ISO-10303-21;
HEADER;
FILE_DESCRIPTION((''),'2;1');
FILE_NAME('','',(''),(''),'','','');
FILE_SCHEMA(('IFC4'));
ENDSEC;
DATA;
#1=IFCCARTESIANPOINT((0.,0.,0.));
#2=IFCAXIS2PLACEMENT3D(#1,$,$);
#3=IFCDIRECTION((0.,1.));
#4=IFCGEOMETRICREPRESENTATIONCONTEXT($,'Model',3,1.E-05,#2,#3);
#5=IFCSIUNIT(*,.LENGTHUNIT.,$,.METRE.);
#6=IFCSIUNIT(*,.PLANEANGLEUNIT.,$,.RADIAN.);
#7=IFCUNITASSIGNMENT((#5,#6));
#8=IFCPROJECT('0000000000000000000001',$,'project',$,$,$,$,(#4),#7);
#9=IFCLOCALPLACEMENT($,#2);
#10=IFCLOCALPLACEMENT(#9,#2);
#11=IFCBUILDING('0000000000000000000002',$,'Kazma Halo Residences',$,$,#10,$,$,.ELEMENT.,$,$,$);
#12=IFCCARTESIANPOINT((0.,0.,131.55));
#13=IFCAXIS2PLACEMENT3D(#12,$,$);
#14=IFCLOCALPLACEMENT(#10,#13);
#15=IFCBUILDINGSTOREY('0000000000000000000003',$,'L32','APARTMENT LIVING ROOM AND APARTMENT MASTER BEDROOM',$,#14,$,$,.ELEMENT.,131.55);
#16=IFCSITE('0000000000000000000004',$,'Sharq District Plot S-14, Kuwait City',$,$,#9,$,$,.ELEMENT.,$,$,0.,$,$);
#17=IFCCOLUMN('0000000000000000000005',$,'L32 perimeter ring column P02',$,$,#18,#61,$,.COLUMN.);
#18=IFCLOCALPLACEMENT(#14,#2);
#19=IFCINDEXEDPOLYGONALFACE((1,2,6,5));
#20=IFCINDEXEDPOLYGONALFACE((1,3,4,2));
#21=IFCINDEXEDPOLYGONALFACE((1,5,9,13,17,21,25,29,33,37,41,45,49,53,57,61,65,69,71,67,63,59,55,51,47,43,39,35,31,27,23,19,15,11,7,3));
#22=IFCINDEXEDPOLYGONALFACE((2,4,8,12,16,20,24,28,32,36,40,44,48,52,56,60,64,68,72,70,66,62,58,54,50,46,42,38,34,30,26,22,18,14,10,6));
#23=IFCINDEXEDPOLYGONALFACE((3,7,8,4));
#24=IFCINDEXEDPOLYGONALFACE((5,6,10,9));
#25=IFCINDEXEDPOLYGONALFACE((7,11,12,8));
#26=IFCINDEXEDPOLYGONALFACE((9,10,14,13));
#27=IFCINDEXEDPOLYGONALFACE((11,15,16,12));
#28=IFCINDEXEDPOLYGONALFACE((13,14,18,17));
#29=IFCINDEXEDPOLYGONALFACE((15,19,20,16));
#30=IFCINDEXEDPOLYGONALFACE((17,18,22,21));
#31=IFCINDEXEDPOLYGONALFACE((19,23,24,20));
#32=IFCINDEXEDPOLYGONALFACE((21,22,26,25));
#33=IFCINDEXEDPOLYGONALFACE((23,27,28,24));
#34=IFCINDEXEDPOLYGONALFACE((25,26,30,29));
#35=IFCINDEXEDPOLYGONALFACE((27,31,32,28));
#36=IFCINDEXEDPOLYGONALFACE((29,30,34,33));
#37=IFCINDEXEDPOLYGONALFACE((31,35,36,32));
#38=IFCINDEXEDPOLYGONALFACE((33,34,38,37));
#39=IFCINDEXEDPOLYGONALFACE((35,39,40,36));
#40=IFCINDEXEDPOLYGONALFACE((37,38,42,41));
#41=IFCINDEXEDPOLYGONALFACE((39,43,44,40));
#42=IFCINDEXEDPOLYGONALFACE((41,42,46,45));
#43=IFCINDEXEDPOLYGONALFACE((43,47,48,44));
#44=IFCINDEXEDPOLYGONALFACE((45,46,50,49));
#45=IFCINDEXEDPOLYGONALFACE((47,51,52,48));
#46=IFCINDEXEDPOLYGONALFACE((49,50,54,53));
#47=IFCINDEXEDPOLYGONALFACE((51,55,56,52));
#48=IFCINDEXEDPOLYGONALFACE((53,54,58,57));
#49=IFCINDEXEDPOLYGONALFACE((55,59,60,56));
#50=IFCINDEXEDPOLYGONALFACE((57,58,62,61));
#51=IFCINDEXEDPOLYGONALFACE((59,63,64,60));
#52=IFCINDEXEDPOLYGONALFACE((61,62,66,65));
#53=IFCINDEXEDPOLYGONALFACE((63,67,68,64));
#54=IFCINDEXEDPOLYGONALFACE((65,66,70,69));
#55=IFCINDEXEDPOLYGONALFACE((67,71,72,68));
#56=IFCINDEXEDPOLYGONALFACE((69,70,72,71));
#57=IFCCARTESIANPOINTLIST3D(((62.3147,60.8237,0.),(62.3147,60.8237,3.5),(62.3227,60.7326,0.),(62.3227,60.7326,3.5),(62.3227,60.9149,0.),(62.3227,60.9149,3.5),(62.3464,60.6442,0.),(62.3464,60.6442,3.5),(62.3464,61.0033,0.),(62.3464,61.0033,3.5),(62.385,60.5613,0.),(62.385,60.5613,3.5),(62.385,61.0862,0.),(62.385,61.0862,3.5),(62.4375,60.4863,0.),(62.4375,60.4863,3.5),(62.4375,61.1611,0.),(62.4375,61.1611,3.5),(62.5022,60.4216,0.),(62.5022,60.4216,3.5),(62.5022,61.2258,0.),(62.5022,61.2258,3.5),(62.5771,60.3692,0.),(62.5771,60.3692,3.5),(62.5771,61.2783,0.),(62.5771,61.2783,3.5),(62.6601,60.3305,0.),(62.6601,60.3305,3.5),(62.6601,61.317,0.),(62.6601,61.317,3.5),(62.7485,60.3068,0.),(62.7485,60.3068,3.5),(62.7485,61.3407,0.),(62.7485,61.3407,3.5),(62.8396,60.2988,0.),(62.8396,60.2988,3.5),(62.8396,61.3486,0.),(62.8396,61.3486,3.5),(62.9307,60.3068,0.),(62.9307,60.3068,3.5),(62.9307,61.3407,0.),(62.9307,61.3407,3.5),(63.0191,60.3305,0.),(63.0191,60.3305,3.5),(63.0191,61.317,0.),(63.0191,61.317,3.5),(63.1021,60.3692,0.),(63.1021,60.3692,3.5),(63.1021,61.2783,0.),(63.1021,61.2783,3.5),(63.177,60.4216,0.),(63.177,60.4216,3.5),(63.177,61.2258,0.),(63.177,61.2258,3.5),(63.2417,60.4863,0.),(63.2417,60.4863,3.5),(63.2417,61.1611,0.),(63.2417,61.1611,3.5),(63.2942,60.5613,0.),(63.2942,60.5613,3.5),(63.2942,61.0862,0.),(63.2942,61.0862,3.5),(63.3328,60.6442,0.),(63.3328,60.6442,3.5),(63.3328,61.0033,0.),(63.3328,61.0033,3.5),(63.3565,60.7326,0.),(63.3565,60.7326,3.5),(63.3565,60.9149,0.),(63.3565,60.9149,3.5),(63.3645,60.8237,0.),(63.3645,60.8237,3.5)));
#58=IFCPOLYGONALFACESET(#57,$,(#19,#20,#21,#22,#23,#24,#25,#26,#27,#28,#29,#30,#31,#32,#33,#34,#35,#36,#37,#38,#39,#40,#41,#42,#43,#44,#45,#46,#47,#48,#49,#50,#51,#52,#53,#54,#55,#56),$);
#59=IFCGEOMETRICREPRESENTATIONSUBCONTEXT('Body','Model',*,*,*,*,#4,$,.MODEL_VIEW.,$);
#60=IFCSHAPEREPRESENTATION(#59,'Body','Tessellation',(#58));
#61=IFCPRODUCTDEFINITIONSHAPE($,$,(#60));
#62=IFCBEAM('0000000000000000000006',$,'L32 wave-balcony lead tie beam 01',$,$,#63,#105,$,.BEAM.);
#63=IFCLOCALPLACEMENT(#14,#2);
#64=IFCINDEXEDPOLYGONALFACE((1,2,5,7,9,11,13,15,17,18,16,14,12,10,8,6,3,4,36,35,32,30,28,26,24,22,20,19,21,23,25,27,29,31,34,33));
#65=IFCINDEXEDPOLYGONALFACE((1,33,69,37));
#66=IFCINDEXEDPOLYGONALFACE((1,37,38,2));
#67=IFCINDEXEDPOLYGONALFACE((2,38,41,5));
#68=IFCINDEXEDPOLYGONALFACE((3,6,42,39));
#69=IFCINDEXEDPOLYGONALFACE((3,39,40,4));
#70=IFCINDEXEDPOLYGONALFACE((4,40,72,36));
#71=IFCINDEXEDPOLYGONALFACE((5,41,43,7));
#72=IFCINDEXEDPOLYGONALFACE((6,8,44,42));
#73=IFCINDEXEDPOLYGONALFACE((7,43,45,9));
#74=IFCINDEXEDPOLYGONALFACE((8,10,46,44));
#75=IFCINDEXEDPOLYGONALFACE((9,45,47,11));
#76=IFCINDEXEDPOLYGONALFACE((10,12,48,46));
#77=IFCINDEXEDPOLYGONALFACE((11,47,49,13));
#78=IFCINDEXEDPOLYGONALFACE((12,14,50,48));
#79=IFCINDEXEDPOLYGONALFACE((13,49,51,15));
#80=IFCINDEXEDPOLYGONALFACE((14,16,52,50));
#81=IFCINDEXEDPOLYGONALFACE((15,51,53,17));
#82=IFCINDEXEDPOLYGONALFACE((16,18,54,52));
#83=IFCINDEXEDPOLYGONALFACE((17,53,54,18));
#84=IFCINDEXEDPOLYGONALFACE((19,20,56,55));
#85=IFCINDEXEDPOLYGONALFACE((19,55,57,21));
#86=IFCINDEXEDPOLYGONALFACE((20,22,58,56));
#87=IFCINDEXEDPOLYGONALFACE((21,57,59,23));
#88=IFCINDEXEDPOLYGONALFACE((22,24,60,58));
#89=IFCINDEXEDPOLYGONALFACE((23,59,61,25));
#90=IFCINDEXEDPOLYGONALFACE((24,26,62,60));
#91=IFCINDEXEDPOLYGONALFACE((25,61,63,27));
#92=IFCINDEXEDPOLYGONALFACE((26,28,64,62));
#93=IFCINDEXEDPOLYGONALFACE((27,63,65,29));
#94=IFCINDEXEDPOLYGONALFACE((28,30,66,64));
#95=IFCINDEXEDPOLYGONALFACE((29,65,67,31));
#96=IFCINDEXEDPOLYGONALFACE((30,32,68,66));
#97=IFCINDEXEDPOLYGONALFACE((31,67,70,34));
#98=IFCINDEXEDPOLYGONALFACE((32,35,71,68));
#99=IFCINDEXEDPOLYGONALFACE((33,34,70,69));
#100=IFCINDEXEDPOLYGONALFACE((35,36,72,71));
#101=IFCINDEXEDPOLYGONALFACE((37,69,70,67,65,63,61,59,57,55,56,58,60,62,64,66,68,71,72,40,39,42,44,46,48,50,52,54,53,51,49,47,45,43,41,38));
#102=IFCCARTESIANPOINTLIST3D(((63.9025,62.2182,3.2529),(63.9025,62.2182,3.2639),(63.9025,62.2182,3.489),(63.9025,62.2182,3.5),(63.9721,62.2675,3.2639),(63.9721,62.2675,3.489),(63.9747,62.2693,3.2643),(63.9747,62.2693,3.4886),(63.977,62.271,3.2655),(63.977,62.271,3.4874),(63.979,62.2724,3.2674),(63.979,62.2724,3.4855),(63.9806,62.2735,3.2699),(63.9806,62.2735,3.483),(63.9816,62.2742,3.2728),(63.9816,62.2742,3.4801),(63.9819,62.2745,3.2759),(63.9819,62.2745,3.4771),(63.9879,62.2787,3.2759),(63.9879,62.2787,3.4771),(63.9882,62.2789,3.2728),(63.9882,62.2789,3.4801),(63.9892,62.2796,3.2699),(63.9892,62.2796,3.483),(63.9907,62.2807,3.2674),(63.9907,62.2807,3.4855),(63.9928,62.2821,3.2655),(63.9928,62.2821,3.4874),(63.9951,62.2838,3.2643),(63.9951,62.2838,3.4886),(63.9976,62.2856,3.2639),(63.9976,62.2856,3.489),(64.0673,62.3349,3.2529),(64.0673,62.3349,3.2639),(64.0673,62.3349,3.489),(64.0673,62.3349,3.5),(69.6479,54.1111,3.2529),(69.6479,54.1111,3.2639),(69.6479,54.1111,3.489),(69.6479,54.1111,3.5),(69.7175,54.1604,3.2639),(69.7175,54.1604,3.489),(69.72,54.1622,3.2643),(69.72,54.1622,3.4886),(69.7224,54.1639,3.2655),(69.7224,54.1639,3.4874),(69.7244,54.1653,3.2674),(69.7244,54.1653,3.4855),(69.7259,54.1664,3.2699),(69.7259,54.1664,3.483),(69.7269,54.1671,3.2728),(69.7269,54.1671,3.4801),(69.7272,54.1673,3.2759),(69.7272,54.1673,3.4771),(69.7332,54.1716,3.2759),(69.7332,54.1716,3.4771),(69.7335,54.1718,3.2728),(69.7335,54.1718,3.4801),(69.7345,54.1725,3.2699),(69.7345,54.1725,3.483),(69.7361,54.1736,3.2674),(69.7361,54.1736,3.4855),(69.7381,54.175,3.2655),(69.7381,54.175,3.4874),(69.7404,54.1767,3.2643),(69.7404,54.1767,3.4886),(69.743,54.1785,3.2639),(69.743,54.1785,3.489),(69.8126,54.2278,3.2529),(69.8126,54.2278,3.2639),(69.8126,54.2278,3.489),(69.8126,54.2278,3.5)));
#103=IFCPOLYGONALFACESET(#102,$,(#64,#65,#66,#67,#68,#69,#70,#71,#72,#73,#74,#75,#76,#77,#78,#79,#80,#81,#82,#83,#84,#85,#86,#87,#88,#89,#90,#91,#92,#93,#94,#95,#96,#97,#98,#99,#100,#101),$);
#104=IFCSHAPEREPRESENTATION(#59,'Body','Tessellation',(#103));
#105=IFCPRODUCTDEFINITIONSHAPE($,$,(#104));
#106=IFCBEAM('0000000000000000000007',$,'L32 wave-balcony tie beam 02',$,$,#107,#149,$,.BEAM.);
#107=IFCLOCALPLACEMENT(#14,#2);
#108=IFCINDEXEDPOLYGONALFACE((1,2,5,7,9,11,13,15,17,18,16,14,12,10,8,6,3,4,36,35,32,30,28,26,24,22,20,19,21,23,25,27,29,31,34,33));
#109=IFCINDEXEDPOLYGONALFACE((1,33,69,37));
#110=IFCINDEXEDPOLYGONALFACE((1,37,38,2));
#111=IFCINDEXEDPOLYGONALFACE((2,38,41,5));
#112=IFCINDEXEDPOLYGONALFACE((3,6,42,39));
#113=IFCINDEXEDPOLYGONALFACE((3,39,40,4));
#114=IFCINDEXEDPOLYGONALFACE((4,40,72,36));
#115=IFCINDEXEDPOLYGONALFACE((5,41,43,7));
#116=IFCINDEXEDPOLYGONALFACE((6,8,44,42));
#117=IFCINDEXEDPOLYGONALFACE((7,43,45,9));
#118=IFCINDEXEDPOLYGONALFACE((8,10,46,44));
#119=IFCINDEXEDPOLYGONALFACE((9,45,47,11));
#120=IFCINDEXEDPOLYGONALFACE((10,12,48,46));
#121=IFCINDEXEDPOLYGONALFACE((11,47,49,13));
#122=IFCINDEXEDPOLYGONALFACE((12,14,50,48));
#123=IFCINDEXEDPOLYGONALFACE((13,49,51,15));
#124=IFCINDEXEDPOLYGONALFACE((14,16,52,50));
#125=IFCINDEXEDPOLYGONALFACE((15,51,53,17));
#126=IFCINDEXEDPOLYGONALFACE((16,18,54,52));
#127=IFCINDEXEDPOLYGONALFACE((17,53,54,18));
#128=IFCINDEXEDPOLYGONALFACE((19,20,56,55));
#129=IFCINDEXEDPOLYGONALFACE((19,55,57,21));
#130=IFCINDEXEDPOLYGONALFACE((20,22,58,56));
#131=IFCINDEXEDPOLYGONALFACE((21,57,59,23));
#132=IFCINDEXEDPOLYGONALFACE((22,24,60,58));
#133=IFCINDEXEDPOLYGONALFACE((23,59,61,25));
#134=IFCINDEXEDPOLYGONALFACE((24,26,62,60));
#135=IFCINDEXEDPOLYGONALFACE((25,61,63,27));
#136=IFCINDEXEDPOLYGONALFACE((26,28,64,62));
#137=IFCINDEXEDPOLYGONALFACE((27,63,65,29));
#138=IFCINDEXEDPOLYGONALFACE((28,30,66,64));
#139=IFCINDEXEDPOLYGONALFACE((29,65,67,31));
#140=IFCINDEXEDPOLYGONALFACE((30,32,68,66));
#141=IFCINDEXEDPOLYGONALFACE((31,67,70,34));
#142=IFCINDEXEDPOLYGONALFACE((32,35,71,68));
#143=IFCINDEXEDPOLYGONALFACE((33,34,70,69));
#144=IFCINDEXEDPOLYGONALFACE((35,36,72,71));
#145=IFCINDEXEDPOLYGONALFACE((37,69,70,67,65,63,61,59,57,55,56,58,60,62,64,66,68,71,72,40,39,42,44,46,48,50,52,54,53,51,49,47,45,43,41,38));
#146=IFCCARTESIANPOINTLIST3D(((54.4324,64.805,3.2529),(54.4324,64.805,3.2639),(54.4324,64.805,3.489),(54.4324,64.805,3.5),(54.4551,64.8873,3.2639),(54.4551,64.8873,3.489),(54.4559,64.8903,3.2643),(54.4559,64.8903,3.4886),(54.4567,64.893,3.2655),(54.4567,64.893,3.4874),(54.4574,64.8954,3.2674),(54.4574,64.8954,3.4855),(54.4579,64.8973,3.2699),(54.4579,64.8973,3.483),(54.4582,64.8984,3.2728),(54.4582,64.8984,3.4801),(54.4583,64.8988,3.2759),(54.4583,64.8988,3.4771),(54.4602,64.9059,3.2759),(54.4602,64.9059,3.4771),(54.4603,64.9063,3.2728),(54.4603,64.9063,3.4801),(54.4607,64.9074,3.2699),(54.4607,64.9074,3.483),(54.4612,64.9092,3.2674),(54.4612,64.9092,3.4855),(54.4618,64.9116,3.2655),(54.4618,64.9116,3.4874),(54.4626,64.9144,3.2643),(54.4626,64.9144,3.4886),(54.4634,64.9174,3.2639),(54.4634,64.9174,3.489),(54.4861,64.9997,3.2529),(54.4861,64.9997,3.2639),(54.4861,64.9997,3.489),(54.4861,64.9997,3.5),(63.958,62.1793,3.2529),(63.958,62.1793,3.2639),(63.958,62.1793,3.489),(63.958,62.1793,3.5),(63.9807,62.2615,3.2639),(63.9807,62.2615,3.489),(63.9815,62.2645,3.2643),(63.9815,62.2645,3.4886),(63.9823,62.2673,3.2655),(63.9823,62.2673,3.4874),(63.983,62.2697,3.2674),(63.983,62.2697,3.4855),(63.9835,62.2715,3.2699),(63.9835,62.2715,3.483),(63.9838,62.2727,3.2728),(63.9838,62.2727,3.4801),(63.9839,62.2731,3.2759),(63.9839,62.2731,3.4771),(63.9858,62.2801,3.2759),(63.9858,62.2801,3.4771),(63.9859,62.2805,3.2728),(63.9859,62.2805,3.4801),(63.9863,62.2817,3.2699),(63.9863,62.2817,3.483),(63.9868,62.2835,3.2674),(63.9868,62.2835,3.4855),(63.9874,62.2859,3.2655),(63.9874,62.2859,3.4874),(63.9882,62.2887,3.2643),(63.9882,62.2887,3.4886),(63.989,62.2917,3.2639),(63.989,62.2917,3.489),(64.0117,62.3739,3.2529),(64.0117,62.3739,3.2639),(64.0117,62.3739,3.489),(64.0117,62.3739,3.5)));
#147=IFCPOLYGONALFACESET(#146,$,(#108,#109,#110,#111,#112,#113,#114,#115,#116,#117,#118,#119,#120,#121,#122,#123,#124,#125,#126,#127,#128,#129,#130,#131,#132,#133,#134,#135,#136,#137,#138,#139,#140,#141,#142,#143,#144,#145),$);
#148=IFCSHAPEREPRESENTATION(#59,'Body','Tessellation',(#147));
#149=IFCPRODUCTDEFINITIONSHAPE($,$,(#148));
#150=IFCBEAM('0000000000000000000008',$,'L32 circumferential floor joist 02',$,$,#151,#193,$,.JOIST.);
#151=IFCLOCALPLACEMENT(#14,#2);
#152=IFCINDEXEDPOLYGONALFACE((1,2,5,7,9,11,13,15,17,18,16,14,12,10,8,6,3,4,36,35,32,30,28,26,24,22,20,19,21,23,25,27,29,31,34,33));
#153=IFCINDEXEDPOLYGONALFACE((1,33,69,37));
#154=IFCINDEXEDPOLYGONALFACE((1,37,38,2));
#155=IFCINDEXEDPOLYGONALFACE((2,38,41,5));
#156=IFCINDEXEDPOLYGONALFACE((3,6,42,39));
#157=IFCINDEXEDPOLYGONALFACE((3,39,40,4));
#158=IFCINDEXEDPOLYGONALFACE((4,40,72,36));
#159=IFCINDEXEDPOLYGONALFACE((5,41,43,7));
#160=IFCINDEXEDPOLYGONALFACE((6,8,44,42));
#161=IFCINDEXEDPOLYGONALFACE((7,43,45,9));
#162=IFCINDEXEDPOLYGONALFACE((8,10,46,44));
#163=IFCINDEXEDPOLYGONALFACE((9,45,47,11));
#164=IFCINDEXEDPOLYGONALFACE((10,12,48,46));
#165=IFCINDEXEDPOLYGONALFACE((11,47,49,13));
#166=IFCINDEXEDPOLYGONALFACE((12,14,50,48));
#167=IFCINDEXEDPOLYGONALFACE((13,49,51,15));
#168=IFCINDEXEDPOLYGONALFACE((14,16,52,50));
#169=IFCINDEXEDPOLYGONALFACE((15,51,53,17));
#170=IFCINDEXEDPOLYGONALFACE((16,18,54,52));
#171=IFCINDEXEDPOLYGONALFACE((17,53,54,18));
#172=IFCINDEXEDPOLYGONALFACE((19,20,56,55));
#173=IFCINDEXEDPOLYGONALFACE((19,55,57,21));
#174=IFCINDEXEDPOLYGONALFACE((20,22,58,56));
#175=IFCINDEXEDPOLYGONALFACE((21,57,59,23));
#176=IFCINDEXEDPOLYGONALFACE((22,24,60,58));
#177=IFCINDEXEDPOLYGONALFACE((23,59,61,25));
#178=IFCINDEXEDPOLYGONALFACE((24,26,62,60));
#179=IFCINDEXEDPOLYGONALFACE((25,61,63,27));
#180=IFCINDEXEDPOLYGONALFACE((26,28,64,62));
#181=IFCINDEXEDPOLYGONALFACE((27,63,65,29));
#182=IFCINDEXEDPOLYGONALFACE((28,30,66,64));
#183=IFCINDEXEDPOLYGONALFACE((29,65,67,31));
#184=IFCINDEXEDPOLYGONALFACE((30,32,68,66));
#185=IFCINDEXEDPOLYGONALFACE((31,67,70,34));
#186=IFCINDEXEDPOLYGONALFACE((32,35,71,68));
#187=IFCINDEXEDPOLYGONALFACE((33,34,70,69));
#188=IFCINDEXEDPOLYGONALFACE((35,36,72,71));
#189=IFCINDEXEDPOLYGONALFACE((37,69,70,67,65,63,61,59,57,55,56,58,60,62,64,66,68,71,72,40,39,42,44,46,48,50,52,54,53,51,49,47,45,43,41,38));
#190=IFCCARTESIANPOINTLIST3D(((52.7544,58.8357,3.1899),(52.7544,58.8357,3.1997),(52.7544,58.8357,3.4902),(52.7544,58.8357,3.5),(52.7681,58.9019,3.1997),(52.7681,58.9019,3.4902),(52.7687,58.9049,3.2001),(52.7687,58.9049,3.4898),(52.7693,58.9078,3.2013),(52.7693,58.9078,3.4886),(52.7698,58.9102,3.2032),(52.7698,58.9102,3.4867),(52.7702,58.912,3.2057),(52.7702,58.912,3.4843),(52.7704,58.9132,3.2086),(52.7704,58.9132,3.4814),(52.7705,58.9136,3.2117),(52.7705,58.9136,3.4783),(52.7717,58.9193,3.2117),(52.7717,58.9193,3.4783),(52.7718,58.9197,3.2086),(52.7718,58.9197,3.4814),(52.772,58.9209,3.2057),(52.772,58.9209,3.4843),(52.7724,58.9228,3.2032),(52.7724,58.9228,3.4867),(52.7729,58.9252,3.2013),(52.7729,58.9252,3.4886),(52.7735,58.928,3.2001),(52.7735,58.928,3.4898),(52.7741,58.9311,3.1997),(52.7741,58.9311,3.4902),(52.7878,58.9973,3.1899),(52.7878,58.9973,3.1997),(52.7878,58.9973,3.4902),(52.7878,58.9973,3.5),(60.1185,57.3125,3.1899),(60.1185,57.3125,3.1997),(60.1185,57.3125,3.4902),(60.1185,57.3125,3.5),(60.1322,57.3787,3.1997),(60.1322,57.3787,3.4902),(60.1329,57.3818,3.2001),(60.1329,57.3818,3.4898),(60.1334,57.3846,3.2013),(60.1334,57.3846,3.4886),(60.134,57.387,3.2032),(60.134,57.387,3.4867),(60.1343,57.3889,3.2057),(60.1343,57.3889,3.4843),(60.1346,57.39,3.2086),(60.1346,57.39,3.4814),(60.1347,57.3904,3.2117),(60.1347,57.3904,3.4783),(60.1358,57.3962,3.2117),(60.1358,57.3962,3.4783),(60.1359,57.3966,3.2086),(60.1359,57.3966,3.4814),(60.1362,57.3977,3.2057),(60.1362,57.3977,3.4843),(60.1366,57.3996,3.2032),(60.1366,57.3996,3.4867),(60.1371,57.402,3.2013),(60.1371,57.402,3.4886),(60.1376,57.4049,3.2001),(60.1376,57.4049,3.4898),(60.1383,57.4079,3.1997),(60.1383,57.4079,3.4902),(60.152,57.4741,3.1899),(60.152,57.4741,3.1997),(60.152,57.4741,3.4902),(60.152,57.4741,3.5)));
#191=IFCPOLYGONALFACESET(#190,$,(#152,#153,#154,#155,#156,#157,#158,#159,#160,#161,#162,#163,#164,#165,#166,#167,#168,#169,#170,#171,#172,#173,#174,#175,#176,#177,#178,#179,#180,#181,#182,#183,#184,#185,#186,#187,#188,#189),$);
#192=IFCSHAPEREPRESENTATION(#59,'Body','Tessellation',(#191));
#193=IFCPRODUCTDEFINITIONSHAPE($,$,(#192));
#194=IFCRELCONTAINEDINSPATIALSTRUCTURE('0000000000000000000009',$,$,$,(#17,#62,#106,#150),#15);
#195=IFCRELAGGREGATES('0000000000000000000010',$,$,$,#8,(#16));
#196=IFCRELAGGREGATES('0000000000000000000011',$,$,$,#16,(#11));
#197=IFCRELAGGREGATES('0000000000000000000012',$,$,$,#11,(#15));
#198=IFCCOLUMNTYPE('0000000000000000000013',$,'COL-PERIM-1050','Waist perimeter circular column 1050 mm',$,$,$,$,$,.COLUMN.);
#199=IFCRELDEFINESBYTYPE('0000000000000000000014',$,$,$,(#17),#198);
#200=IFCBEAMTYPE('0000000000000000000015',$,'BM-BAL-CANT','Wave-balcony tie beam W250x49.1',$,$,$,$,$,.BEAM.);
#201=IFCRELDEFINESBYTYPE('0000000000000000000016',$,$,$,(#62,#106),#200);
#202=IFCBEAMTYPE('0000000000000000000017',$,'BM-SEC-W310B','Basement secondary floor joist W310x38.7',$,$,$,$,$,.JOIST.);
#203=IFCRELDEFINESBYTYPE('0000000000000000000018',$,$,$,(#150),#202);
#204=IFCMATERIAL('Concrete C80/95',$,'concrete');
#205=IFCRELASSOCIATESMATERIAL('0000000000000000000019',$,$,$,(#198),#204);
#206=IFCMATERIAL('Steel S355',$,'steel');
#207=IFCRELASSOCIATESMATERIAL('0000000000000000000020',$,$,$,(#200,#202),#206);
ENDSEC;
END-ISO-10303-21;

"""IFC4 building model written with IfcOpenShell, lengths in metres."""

from ifc_helpers import new_model, si_unit, direction, frame, origin, origin_2d, place, context, subcontext, project, spatial, circle, i_section, extrude, material, material_profile, profile_set, type_object, element, save


model = new_model("IFC4")

# Units and contexts
model_context = context("Model", 3, precision=1e-05, world=origin(), true_north=direction((0.0, 1.0)))
body_context = subcontext(model_context, "Body", "Model", "MODEL_VIEW")
ifc_project = project(units=[si_unit("LENGTHUNIT", "METRE"), si_unit("PLANEANGLEUNIT", "RADIAN")], contexts=[model_context])

# Site, building, storey
site_placement = place(None, origin())
site = spatial("IfcSite", under=ifc_project, at=site_placement, Name="Sharq District Plot S-14, Kuwait City", CompositionType="ELEMENT", RefElevation=0.0)
building_placement = place(site_placement, origin())
building = spatial("IfcBuilding", under=site, at=building_placement, Name="Kazma Halo Residences", CompositionType="ELEMENT")
storey_placement = place(building_placement, frame((0.0, 0.0, 131.55)))
storey = spatial("IfcBuildingStorey", under=building, at=storey_placement, Name="L32", Description="APARTMENT LIVING ROOM AND APARTMENT MASTER BEDROOM", CompositionType="ELEMENT", Elevation=131.55)

# Column
ifc_material_1 = material(Name="Concrete C80/95", Category="concrete")
ifc_material_profile_1 = material_profile(ifc_material_1, circle(Radius=0.5249, at=origin_2d()), Name="CIRC1050")
ifc_profile_set_1 = profile_set([ifc_material_profile_1], Name="Concrete C80/95")
column_type = type_object("IfcColumnType", Name="COL-PERIM-1050", Description="Waist perimeter circular column 1050 mm", PredefinedType="COLUMN", material=ifc_profile_set_1)
column_placement = place(storey_placement, frame((62.8396, 60.8237, 0.0), z_axis=(0.0, 0.0, 1.0), x_axis=(1.0, 0.0, 0.0)))
element("IfcColumn", 1, at=column_placement, inside=storey, type_object=column_type, Name="L32 perimeter ring column P02", PredefinedType="COLUMN", context=body_context, shape_type="SweptSolid", body=[
    extrude(circle(Radius=0.5249, at=origin_2d()), origin(), (0.0, 0.0, 1.0), 3.5),
])

# Beams
ifc_material_2 = material(Name="Steel S355", Category="steel")
ifc_material_profile_2 = material_profile(ifc_material_2, i_section(OverallWidth=0.2019, OverallDepth=0.2471, WebThickness=0.0073, FlangeThickness=0.011, FilletRadius=0.012, at=origin_2d()), Name="W250x49.1")
ifc_profile_set_2 = profile_set([ifc_material_profile_2], Name="Steel S355")
beam_type_1 = type_object("IfcBeamType", Name="BM-BAL-CANT", Description="Wave-balcony tie beam W250x49.1", PredefinedType="BEAM", material=ifc_profile_set_2)
beam_1_placement = place(storey_placement, frame((69.7302, 54.1694, 3.3765), z_axis=(-0.578203, 0.815893, 0.0), x_axis=(-0.815893, -0.578203, 0.0)))
element("IfcBeam", 2, at=beam_1_placement, inside=storey, type_object=beam_type_1, Name="L32 wave-balcony lead tie beam 01", PredefinedType="BEAM", context=body_context, shape_type="SweptSolid", body=[
    extrude(i_section(OverallWidth=0.2019, OverallDepth=0.2471, WebThickness=0.0073, FlangeThickness=0.011, FilletRadius=0.012, at=origin_2d()), origin(), (0.0, 0.0, 1.0), 9.9365),
])
beam_2_placement = place(storey_placement, frame((63.9849, 62.2766, 3.3765), z_axis=(-0.964045, 0.265738, 0.0), x_axis=(-0.265738, -0.964045, 0.0)))
element("IfcBeam", 3, at=beam_2_placement, inside=storey, type_object=beam_type_1, Name="L32 wave-balcony tie beam 02", PredefinedType="BEAM", context=body_context, shape_type="SweptSolid", body=[
    extrude(i_section(OverallWidth=0.2019, OverallDepth=0.2471, WebThickness=0.0073, FlangeThickness=0.011, FilletRadius=0.012, at=origin_2d()), origin(), (0.0, 0.0, 1.0), 9.8809),
])
ifc_material_profile_3 = material_profile(ifc_material_2, i_section(OverallWidth=0.165, OverallDepth=0.3101, WebThickness=0.0059, FlangeThickness=0.0098, FilletRadius=0.012, at=origin_2d()), Name="W310x38.7")
ifc_profile_set_3 = profile_set([ifc_material_profile_3], Name="Steel S355")
beam_type_2 = type_object("IfcBeamType", Name="BM-SEC-W310B", Description="Basement secondary floor joist W310x38.7", PredefinedType="JOIST", material=ifc_profile_set_3)
beam_3_placement = place(storey_placement, frame((60.1353, 57.3933, 3.345), z_axis=(-0.979272, 0.202549, 0.0), x_axis=(-0.202549, -0.979272, 0.0)))
element("IfcBeam", 4, at=beam_3_placement, inside=storey, type_object=beam_type_2, Name="L32 circumferential floor joist 02", PredefinedType="JOIST", context=body_context, shape_type="SweptSolid", body=[
    extrude(i_section(OverallWidth=0.165, OverallDepth=0.3101, WebThickness=0.0059, FlangeThickness=0.0098, FilletRadius=0.012, at=origin_2d()), origin(), (0.0, 0.0, 1.0), 7.52),
])

save(model, "model.ifc")
